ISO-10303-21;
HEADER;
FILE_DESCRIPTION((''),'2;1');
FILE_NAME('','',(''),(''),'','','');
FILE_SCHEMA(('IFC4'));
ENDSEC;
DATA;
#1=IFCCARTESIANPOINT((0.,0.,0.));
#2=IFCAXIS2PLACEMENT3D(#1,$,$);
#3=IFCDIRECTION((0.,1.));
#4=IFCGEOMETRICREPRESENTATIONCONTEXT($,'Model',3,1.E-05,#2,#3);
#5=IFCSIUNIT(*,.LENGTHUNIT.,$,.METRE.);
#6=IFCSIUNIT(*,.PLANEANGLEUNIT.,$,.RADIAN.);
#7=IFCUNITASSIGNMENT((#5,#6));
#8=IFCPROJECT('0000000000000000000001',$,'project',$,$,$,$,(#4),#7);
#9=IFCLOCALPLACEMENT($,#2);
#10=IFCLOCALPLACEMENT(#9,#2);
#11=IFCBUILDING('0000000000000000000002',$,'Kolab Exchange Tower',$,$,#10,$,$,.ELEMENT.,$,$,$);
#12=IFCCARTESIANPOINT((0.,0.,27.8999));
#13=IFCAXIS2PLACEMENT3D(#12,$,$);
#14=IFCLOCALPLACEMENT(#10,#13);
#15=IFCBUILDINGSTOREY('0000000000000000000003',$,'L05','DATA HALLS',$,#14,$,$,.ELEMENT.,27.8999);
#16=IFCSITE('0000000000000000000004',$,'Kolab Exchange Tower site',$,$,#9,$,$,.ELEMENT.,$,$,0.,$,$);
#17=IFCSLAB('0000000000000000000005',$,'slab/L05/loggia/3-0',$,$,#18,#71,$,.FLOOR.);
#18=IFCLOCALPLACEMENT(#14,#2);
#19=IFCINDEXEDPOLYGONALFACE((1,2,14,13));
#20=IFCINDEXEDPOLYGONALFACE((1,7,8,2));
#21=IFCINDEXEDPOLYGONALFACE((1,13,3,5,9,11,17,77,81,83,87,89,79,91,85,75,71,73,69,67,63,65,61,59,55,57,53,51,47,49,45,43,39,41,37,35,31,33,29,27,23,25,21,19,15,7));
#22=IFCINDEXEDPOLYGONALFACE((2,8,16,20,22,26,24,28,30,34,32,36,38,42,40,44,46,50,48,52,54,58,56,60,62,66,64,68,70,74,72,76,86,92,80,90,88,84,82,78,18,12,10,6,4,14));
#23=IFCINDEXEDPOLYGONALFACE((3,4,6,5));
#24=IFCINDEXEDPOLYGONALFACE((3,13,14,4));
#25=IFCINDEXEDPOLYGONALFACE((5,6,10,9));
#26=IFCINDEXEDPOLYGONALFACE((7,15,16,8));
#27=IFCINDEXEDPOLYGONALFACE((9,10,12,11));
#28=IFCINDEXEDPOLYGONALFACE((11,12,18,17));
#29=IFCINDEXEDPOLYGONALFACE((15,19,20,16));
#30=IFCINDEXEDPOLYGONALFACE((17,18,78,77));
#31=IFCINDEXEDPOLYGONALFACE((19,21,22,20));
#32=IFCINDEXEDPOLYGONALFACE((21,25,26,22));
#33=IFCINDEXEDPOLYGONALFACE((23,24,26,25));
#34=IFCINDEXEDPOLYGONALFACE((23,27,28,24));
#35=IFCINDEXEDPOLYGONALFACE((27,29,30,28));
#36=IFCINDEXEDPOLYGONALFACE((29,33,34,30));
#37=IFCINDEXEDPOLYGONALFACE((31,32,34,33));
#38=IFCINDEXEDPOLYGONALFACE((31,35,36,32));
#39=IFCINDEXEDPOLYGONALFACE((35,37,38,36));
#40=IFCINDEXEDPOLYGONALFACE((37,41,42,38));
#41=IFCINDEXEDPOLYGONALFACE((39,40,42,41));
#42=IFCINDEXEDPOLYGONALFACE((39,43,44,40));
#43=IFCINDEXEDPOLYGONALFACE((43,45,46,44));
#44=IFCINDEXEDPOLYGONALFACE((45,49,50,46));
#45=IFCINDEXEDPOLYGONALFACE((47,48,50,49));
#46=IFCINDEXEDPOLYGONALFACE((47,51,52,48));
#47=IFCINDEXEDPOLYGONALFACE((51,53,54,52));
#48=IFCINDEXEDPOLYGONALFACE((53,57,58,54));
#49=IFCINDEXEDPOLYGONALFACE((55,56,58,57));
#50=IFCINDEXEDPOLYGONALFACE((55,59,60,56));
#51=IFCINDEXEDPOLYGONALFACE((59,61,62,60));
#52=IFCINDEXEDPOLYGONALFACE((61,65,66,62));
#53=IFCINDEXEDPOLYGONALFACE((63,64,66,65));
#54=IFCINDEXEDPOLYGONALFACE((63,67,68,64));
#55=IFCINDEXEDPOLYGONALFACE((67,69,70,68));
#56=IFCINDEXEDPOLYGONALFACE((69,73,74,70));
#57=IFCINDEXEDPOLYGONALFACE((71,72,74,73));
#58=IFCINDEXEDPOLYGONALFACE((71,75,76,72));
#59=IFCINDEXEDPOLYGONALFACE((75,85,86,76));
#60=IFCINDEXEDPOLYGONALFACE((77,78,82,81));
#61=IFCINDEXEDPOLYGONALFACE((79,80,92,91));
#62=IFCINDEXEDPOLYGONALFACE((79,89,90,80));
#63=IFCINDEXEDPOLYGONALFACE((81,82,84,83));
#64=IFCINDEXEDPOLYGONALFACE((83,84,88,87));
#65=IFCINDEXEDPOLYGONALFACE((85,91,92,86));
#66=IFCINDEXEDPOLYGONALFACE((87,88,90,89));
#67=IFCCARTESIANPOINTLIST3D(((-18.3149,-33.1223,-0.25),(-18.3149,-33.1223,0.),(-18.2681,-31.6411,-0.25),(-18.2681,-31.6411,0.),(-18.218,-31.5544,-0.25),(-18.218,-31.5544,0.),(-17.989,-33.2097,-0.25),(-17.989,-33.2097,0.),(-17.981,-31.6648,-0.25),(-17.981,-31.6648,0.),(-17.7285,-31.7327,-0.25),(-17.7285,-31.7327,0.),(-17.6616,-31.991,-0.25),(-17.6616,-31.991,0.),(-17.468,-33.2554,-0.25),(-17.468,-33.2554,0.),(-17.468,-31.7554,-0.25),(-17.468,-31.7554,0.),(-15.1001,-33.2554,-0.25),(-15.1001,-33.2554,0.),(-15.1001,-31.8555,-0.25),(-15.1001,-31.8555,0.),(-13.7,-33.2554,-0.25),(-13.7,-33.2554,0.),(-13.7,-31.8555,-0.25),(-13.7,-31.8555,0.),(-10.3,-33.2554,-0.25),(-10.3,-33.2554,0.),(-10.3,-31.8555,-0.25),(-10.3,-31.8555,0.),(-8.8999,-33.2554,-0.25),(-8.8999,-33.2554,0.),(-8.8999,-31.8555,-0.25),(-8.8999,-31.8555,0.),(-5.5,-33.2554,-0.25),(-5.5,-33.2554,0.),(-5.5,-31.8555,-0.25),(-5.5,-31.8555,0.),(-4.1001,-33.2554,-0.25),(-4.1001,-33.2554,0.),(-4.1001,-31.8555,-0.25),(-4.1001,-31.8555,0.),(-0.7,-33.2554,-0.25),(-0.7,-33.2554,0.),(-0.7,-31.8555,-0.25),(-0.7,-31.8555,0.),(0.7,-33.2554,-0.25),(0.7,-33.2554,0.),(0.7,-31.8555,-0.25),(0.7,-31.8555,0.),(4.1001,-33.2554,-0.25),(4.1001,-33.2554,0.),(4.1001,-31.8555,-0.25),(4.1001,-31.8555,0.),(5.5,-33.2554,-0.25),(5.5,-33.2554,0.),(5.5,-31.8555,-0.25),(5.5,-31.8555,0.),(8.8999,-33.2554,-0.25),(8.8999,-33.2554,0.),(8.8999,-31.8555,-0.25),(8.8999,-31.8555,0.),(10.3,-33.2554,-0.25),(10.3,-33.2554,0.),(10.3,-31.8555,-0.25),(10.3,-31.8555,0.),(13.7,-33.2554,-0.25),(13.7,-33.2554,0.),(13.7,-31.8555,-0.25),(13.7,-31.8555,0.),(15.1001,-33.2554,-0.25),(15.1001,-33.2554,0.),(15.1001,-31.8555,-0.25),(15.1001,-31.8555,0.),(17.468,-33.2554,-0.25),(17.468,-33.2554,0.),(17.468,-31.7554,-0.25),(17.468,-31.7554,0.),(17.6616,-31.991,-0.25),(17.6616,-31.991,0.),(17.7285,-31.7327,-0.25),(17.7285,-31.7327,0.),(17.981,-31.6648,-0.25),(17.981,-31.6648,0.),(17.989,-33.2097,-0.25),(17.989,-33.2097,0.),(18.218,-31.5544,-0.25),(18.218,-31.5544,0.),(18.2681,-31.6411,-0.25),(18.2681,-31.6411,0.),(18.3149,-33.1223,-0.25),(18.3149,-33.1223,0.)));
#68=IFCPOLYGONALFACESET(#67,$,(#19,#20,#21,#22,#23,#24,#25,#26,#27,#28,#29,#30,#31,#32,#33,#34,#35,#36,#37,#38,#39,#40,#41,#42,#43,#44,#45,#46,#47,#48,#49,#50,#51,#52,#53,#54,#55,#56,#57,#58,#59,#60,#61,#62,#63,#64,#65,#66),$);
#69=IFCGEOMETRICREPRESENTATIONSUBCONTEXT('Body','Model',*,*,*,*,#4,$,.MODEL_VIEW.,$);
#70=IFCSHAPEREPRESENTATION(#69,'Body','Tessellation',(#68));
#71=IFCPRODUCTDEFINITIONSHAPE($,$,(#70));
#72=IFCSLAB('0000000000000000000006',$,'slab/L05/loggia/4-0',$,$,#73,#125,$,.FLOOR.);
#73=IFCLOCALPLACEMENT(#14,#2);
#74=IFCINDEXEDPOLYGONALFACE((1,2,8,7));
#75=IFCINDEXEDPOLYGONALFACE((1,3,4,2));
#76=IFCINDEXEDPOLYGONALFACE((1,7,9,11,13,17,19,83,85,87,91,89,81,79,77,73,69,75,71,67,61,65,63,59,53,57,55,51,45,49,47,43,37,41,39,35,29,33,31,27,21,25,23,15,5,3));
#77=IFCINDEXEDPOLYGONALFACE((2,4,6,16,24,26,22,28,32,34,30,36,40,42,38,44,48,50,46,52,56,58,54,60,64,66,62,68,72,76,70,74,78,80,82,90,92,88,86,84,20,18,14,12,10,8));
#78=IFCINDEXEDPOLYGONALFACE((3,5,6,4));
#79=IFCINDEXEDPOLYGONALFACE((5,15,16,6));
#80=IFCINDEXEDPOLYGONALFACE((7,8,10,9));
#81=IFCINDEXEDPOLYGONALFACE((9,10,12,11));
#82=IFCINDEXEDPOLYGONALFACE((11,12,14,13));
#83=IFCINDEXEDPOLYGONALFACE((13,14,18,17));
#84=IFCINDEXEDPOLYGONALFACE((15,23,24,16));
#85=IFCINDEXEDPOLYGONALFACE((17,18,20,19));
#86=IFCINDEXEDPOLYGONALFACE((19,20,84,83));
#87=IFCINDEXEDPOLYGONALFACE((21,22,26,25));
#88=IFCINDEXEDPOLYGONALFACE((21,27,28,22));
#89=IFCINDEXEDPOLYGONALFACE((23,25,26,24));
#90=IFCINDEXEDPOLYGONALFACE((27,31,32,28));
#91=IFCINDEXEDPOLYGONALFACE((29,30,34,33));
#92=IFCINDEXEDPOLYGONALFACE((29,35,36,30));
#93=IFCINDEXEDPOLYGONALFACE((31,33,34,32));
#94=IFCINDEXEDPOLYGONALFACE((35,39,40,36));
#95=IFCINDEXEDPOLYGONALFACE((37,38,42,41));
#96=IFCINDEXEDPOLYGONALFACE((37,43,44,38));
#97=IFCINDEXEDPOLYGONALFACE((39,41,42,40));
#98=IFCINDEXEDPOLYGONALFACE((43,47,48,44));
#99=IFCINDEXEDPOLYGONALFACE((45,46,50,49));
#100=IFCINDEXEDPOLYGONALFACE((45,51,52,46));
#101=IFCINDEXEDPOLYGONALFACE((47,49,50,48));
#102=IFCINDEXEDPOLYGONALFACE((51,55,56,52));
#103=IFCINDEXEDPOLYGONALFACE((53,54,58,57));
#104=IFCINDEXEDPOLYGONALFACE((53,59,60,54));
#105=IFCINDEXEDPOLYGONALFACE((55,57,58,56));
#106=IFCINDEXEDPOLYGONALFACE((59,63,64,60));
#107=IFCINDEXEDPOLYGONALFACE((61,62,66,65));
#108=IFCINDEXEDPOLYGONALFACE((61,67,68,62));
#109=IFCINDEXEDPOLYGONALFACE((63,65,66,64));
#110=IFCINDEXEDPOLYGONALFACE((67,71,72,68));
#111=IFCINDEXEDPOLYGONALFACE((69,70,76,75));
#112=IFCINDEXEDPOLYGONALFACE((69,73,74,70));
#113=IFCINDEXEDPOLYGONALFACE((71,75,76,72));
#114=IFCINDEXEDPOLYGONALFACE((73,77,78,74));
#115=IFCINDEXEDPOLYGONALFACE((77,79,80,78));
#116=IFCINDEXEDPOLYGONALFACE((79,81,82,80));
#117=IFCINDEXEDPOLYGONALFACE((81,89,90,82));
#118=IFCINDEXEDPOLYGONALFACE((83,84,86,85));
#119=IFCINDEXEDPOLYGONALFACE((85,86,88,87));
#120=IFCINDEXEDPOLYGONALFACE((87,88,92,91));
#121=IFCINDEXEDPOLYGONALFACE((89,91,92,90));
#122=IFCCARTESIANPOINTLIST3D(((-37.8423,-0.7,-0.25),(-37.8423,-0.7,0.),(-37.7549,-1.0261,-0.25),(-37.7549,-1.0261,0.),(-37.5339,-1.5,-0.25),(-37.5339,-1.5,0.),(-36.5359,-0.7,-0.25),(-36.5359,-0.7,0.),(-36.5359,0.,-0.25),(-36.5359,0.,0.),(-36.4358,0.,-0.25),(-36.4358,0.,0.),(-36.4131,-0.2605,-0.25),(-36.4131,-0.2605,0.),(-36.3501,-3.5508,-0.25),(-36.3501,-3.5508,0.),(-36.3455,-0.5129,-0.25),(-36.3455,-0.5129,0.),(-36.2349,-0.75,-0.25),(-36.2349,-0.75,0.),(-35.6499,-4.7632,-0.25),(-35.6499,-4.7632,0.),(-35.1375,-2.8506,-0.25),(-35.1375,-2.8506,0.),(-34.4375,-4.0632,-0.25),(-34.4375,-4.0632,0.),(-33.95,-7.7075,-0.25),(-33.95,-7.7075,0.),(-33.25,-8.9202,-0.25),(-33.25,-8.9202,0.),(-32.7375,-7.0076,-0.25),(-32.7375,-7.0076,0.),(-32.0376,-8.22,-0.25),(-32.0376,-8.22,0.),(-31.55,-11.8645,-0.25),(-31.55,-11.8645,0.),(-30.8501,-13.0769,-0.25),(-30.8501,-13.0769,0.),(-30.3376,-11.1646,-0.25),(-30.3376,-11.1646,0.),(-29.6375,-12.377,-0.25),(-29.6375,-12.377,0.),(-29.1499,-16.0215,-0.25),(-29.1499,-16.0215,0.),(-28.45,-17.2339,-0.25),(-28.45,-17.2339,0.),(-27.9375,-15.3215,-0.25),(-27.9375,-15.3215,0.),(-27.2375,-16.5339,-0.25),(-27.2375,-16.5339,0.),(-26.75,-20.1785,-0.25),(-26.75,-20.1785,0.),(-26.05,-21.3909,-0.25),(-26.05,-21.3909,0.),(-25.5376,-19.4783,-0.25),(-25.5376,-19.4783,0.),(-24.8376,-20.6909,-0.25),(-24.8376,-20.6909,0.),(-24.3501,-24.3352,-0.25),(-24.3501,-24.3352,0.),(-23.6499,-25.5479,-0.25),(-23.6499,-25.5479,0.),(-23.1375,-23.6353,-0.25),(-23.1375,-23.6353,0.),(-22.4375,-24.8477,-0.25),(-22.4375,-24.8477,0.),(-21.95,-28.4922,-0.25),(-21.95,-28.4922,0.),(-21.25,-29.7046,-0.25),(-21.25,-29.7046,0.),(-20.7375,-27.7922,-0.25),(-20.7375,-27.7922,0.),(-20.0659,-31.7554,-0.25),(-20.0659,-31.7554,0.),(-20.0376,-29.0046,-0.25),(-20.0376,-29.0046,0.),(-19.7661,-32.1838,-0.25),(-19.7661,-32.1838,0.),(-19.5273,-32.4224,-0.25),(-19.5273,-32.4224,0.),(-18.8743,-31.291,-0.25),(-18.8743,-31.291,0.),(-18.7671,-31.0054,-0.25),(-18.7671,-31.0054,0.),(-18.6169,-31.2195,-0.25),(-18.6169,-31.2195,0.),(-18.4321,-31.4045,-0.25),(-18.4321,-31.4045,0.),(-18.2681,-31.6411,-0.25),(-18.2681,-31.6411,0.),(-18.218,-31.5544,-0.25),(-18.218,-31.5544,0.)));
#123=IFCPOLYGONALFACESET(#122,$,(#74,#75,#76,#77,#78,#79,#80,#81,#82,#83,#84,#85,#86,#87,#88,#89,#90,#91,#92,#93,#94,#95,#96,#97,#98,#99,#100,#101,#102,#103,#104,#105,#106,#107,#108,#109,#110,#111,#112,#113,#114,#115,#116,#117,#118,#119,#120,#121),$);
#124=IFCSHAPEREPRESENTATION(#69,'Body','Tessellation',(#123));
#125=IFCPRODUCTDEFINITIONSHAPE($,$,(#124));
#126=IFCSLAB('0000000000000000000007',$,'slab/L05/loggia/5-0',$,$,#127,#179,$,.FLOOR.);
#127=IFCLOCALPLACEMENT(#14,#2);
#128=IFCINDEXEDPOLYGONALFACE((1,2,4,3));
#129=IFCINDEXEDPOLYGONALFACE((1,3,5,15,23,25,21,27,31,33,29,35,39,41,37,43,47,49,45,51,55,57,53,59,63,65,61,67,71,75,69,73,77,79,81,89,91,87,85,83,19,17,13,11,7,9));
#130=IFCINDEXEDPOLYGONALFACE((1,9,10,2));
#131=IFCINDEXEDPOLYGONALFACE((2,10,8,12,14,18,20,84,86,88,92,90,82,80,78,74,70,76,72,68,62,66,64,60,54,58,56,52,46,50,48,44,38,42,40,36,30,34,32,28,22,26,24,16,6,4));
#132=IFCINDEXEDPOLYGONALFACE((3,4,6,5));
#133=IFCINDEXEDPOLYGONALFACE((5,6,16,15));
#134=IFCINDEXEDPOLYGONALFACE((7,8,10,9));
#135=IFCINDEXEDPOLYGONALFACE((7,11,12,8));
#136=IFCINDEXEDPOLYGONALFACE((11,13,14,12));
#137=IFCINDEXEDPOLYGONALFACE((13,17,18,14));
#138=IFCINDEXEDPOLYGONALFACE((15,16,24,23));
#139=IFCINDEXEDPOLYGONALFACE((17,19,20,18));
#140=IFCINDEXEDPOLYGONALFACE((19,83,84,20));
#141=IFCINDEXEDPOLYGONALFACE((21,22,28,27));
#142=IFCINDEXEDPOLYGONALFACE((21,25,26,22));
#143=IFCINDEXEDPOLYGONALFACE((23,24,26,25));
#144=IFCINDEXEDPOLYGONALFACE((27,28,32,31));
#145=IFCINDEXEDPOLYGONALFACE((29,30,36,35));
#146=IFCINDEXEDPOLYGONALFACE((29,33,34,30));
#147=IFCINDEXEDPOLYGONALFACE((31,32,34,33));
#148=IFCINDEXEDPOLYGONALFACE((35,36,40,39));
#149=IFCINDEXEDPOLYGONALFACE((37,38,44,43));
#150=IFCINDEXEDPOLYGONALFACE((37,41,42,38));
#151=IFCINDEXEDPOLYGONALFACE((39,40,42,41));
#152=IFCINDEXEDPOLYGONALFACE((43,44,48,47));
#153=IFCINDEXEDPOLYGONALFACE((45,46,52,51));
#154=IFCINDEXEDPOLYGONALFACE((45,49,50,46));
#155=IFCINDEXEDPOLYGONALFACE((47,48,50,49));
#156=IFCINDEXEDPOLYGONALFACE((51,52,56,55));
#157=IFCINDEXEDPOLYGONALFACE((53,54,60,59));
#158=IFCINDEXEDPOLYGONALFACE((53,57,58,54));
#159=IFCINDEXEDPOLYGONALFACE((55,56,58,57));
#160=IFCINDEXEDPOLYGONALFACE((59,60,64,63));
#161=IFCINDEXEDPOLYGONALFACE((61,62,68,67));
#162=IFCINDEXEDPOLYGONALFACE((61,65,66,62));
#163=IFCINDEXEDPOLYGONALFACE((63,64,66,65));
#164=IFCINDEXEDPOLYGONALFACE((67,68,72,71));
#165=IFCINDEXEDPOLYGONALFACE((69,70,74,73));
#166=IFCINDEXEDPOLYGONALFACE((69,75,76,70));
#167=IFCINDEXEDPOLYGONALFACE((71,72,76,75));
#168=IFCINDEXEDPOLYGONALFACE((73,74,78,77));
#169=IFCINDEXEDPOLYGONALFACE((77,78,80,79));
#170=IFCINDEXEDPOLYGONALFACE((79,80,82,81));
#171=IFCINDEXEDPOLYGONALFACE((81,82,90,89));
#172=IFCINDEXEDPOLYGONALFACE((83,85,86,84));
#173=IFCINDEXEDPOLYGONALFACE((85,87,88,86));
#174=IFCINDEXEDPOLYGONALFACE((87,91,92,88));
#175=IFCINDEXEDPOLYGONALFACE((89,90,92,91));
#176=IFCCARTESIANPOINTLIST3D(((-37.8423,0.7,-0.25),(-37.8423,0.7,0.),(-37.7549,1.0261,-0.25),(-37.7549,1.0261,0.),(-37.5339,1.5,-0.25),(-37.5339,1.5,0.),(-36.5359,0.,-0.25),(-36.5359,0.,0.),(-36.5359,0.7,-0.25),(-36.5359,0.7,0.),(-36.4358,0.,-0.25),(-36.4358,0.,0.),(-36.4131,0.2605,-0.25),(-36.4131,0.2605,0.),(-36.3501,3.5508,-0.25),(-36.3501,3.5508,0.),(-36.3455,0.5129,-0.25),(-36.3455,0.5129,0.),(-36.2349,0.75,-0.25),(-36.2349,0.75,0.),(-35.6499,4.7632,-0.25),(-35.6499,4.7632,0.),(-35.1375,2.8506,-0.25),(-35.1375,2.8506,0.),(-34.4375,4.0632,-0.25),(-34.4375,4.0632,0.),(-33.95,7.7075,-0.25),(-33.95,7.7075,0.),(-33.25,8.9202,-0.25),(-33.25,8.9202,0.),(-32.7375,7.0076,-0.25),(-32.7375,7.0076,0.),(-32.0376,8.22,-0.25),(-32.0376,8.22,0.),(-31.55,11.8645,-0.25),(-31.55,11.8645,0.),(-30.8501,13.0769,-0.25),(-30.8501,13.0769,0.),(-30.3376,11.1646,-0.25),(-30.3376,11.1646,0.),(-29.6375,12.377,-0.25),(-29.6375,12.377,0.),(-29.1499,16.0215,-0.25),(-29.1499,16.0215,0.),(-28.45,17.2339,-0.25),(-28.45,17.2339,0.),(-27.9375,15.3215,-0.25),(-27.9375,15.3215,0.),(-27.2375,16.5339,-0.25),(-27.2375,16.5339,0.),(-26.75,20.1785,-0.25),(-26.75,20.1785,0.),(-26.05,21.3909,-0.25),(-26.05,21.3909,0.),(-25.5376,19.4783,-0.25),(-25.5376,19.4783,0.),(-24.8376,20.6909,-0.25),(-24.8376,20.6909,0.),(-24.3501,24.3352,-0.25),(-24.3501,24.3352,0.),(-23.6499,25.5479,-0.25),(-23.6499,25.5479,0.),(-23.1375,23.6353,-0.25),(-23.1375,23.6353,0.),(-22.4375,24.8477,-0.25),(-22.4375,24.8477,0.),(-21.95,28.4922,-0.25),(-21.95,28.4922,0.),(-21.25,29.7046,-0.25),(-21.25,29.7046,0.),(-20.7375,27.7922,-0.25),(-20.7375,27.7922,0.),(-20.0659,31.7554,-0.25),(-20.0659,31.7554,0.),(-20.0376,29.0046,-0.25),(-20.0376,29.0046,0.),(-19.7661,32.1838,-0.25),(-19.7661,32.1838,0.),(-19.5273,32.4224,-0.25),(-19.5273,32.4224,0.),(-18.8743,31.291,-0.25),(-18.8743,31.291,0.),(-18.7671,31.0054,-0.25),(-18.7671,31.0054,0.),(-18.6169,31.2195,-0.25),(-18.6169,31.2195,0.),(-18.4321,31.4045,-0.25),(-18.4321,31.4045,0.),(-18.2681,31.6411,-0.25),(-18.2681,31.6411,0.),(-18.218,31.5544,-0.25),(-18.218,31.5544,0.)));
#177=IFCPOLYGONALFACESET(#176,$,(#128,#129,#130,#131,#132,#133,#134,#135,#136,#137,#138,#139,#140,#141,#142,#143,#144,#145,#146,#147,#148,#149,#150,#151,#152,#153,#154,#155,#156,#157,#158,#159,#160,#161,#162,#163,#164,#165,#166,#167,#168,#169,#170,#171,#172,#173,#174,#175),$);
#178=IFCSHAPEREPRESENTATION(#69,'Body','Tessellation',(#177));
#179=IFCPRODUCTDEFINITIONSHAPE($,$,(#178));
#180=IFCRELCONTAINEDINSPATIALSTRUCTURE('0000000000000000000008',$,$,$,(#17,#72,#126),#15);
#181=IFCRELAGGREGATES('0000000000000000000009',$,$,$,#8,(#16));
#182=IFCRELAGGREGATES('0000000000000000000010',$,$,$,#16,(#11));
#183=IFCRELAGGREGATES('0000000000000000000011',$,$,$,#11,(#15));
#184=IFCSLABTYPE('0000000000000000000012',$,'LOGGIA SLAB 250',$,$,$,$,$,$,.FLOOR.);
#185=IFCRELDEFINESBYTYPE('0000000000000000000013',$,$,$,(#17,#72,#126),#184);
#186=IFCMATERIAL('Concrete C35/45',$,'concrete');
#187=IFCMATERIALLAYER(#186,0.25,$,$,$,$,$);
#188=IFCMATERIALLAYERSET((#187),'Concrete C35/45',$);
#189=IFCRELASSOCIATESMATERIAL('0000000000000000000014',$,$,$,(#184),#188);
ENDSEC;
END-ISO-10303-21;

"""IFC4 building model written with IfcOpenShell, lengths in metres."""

from ifc_helpers import new_model, si_unit, direction, frame, origin, place, context, subcontext, project, spatial, polyline, outline, extrude, material, layer, layer_set, type_object, element, save


model = new_model("IFC4")

# Units and contexts
model_context = context("Model", 3, precision=1e-05, world=origin(), true_north=direction((0.0, 1.0)))
body_context = subcontext(model_context, "Body", "Model", "MODEL_VIEW")
ifc_project = project(units=[si_unit("LENGTHUNIT", "METRE"), si_unit("PLANEANGLEUNIT", "RADIAN")], contexts=[model_context])

# Site, building, storey
site_placement = place(None, origin())
site = spatial("IfcSite", under=ifc_project, at=site_placement, Name="Kolab Exchange Tower site", CompositionType="ELEMENT", RefElevation=0.0)
building_placement = place(site_placement, origin())
building = spatial("IfcBuilding", under=site, at=building_placement, Name="Kolab Exchange Tower", CompositionType="ELEMENT")
storey_placement = place(building_placement, frame((0.0, 0.0, 27.8999)))
storey = spatial("IfcBuildingStorey", under=building, at=storey_placement, Name="L05", Description="DATA HALLS", CompositionType="ELEMENT", Elevation=27.8999)

# Slabs
ifc_material_1 = material(Name="Concrete C35/45", Category="concrete")
ifc_layer_1 = layer(ifc_material_1, 0.25)
ifc_layer_set_1 = layer_set([ifc_layer_1], Name="Concrete C35/45")
slab_type_1 = type_object("IfcSlabType", Name="LOGGIA SLAB 250", PredefinedType="FLOOR", material=ifc_layer_set_1)
slab_1_placement = place(storey_placement, frame((0.0, 0.0, -0.25)))
element("IfcSlab", 1, at=slab_1_placement, inside=storey, type_object=slab_type_1, Name="slab/L05/loggia/3-0", PredefinedType="FLOOR", context=body_context, shape_type="SweptSolid", body=[
    extrude(outline(polyline([(-18.218, -31.5544), (-18.2681, -31.6411), (-17.6616, -31.991), (-18.3149, -33.1223), (-17.989, -33.2097), (-17.468, -33.2554), (-15.1001, -33.2554), (-15.1001, -31.8555), (-13.7, -31.8555), (-13.7, -33.2554), (-10.3, -33.2554), (-10.3, -31.8555), (-8.8999, -31.8555), (-8.8999, -33.2554), (-5.5, -33.2554), (-5.5, -31.8555), (-4.1001, -31.8555), (-4.1001, -33.2554), (-0.7, -33.2554), (-0.7, -31.8555), (0.7, -31.8555), (0.7, -33.2554), (4.1001, -33.2554), (4.1001, -31.8555), (5.5, -31.8555), (5.5, -33.2554), (8.8999, -33.2554), (8.8999, -31.8555), (10.3, -31.8555), (10.3, -33.2554), (13.7, -33.2554), (13.7, -31.8555), (15.1001, -31.8555), (15.1001, -33.2554), (17.468, -33.2554), (17.989, -33.2097), (18.3149, -33.1223), (17.6616, -31.991), (18.2681, -31.6411), (18.218, -31.5544), (17.981, -31.6648), (17.7285, -31.7327), (17.468, -31.7554), (-17.468, -31.7554), (-17.7285, -31.7327), (-17.981, -31.6648), (-18.218, -31.5544)])), origin(), (0.0, 0.0, 1.0), 0.25),
])
slab_2_placement = place(storey_placement, frame((0.0, 0.0, -0.25)))
element("IfcSlab", 2, at=slab_2_placement, inside=storey, type_object=slab_type_1, Name="slab/L05/loggia/4-0", PredefinedType="FLOOR", context=body_context, shape_type="SweptSolid", body=[
    extrude(outline(polyline([(-36.4358, 0.0), (-36.5359, 0.0), (-36.5359, -0.7), (-37.8423, -0.7), (-37.7549, -1.0261), (-37.5339, -1.5), (-36.3501, -3.5508), (-35.1375, -2.8506), (-34.4375, -4.0632), (-35.6499, -4.7632), (-33.95, -7.7075), (-32.7375, -7.0076), (-32.0376, -8.22), (-33.25, -8.9202), (-31.55, -11.8645), (-30.3376, -11.1646), (-29.6375, -12.377), (-30.8501, -13.0769), (-29.1499, -16.0215), (-27.9375, -15.3215), (-27.2375, -16.5339), (-28.45, -17.2339), (-26.75, -20.1785), (-25.5376, -19.4783), (-24.8376, -20.6909), (-26.05, -21.3909), (-24.3501, -24.3352), (-23.1375, -23.6353), (-22.4375, -24.8477), (-23.6499, -25.5479), (-21.95, -28.4922), (-20.7375, -27.7922), (-20.0376, -29.0046), (-21.25, -29.7046), (-20.0659, -31.7554), (-19.7661, -32.1838), (-19.5273, -32.4224), (-18.8743, -31.291), (-18.2681, -31.6411), (-18.218, -31.5544), (-18.4321, -31.4045), (-18.6169, -31.2195), (-18.7671, -31.0054), (-36.2349, -0.75), (-36.3455, -0.5129), (-36.4131, -0.2605), (-36.4358, 0.0)])), origin(), (0.0, 0.0, 1.0), 0.25),
])
slab_3_placement = place(storey_placement, frame((0.0, 0.0, -0.25)))
element("IfcSlab", 3, at=slab_3_placement, inside=storey, type_object=slab_type_1, Name="slab/L05/loggia/5-0", PredefinedType="FLOOR", context=body_context, shape_type="SweptSolid", body=[
    extrude(outline(polyline([(-18.218, 31.5544), (-18.2681, 31.6411), (-18.8743, 31.291), (-19.5273, 32.4224), (-19.7661, 32.1838), (-20.0659, 31.7554), (-21.25, 29.7046), (-20.0376, 29.0046), (-20.7375, 27.7922), (-21.95, 28.4922), (-23.6499, 25.5479), (-22.4375, 24.8477), (-23.1375, 23.6353), (-24.3501, 24.3352), (-26.05, 21.3909), (-24.8376, 20.6909), (-25.5376, 19.4783), (-26.75, 20.1785), (-28.45, 17.2339), (-27.2375, 16.5339), (-27.9375, 15.3215), (-29.1499, 16.0215), (-30.8501, 13.0769), (-29.6375, 12.377), (-30.3376, 11.1646), (-31.55, 11.8645), (-33.25, 8.9202), (-32.0376, 8.22), (-32.7375, 7.0076), (-33.95, 7.7075), (-35.6499, 4.7632), (-34.4375, 4.0632), (-35.1375, 2.8506), (-36.3501, 3.5508), (-37.5339, 1.5), (-37.7549, 1.0261), (-37.8423, 0.7), (-36.5359, 0.7), (-36.5359, 0.0), (-36.4358, 0.0), (-36.4131, 0.2605), (-36.3455, 0.5129), (-36.2349, 0.75), (-18.7671, 31.0054), (-18.6169, 31.2195), (-18.4321, 31.4045), (-18.218, 31.5544)])), origin(), (0.0, 0.0, 1.0), 0.25),
])

save(model, "model.ifc")
